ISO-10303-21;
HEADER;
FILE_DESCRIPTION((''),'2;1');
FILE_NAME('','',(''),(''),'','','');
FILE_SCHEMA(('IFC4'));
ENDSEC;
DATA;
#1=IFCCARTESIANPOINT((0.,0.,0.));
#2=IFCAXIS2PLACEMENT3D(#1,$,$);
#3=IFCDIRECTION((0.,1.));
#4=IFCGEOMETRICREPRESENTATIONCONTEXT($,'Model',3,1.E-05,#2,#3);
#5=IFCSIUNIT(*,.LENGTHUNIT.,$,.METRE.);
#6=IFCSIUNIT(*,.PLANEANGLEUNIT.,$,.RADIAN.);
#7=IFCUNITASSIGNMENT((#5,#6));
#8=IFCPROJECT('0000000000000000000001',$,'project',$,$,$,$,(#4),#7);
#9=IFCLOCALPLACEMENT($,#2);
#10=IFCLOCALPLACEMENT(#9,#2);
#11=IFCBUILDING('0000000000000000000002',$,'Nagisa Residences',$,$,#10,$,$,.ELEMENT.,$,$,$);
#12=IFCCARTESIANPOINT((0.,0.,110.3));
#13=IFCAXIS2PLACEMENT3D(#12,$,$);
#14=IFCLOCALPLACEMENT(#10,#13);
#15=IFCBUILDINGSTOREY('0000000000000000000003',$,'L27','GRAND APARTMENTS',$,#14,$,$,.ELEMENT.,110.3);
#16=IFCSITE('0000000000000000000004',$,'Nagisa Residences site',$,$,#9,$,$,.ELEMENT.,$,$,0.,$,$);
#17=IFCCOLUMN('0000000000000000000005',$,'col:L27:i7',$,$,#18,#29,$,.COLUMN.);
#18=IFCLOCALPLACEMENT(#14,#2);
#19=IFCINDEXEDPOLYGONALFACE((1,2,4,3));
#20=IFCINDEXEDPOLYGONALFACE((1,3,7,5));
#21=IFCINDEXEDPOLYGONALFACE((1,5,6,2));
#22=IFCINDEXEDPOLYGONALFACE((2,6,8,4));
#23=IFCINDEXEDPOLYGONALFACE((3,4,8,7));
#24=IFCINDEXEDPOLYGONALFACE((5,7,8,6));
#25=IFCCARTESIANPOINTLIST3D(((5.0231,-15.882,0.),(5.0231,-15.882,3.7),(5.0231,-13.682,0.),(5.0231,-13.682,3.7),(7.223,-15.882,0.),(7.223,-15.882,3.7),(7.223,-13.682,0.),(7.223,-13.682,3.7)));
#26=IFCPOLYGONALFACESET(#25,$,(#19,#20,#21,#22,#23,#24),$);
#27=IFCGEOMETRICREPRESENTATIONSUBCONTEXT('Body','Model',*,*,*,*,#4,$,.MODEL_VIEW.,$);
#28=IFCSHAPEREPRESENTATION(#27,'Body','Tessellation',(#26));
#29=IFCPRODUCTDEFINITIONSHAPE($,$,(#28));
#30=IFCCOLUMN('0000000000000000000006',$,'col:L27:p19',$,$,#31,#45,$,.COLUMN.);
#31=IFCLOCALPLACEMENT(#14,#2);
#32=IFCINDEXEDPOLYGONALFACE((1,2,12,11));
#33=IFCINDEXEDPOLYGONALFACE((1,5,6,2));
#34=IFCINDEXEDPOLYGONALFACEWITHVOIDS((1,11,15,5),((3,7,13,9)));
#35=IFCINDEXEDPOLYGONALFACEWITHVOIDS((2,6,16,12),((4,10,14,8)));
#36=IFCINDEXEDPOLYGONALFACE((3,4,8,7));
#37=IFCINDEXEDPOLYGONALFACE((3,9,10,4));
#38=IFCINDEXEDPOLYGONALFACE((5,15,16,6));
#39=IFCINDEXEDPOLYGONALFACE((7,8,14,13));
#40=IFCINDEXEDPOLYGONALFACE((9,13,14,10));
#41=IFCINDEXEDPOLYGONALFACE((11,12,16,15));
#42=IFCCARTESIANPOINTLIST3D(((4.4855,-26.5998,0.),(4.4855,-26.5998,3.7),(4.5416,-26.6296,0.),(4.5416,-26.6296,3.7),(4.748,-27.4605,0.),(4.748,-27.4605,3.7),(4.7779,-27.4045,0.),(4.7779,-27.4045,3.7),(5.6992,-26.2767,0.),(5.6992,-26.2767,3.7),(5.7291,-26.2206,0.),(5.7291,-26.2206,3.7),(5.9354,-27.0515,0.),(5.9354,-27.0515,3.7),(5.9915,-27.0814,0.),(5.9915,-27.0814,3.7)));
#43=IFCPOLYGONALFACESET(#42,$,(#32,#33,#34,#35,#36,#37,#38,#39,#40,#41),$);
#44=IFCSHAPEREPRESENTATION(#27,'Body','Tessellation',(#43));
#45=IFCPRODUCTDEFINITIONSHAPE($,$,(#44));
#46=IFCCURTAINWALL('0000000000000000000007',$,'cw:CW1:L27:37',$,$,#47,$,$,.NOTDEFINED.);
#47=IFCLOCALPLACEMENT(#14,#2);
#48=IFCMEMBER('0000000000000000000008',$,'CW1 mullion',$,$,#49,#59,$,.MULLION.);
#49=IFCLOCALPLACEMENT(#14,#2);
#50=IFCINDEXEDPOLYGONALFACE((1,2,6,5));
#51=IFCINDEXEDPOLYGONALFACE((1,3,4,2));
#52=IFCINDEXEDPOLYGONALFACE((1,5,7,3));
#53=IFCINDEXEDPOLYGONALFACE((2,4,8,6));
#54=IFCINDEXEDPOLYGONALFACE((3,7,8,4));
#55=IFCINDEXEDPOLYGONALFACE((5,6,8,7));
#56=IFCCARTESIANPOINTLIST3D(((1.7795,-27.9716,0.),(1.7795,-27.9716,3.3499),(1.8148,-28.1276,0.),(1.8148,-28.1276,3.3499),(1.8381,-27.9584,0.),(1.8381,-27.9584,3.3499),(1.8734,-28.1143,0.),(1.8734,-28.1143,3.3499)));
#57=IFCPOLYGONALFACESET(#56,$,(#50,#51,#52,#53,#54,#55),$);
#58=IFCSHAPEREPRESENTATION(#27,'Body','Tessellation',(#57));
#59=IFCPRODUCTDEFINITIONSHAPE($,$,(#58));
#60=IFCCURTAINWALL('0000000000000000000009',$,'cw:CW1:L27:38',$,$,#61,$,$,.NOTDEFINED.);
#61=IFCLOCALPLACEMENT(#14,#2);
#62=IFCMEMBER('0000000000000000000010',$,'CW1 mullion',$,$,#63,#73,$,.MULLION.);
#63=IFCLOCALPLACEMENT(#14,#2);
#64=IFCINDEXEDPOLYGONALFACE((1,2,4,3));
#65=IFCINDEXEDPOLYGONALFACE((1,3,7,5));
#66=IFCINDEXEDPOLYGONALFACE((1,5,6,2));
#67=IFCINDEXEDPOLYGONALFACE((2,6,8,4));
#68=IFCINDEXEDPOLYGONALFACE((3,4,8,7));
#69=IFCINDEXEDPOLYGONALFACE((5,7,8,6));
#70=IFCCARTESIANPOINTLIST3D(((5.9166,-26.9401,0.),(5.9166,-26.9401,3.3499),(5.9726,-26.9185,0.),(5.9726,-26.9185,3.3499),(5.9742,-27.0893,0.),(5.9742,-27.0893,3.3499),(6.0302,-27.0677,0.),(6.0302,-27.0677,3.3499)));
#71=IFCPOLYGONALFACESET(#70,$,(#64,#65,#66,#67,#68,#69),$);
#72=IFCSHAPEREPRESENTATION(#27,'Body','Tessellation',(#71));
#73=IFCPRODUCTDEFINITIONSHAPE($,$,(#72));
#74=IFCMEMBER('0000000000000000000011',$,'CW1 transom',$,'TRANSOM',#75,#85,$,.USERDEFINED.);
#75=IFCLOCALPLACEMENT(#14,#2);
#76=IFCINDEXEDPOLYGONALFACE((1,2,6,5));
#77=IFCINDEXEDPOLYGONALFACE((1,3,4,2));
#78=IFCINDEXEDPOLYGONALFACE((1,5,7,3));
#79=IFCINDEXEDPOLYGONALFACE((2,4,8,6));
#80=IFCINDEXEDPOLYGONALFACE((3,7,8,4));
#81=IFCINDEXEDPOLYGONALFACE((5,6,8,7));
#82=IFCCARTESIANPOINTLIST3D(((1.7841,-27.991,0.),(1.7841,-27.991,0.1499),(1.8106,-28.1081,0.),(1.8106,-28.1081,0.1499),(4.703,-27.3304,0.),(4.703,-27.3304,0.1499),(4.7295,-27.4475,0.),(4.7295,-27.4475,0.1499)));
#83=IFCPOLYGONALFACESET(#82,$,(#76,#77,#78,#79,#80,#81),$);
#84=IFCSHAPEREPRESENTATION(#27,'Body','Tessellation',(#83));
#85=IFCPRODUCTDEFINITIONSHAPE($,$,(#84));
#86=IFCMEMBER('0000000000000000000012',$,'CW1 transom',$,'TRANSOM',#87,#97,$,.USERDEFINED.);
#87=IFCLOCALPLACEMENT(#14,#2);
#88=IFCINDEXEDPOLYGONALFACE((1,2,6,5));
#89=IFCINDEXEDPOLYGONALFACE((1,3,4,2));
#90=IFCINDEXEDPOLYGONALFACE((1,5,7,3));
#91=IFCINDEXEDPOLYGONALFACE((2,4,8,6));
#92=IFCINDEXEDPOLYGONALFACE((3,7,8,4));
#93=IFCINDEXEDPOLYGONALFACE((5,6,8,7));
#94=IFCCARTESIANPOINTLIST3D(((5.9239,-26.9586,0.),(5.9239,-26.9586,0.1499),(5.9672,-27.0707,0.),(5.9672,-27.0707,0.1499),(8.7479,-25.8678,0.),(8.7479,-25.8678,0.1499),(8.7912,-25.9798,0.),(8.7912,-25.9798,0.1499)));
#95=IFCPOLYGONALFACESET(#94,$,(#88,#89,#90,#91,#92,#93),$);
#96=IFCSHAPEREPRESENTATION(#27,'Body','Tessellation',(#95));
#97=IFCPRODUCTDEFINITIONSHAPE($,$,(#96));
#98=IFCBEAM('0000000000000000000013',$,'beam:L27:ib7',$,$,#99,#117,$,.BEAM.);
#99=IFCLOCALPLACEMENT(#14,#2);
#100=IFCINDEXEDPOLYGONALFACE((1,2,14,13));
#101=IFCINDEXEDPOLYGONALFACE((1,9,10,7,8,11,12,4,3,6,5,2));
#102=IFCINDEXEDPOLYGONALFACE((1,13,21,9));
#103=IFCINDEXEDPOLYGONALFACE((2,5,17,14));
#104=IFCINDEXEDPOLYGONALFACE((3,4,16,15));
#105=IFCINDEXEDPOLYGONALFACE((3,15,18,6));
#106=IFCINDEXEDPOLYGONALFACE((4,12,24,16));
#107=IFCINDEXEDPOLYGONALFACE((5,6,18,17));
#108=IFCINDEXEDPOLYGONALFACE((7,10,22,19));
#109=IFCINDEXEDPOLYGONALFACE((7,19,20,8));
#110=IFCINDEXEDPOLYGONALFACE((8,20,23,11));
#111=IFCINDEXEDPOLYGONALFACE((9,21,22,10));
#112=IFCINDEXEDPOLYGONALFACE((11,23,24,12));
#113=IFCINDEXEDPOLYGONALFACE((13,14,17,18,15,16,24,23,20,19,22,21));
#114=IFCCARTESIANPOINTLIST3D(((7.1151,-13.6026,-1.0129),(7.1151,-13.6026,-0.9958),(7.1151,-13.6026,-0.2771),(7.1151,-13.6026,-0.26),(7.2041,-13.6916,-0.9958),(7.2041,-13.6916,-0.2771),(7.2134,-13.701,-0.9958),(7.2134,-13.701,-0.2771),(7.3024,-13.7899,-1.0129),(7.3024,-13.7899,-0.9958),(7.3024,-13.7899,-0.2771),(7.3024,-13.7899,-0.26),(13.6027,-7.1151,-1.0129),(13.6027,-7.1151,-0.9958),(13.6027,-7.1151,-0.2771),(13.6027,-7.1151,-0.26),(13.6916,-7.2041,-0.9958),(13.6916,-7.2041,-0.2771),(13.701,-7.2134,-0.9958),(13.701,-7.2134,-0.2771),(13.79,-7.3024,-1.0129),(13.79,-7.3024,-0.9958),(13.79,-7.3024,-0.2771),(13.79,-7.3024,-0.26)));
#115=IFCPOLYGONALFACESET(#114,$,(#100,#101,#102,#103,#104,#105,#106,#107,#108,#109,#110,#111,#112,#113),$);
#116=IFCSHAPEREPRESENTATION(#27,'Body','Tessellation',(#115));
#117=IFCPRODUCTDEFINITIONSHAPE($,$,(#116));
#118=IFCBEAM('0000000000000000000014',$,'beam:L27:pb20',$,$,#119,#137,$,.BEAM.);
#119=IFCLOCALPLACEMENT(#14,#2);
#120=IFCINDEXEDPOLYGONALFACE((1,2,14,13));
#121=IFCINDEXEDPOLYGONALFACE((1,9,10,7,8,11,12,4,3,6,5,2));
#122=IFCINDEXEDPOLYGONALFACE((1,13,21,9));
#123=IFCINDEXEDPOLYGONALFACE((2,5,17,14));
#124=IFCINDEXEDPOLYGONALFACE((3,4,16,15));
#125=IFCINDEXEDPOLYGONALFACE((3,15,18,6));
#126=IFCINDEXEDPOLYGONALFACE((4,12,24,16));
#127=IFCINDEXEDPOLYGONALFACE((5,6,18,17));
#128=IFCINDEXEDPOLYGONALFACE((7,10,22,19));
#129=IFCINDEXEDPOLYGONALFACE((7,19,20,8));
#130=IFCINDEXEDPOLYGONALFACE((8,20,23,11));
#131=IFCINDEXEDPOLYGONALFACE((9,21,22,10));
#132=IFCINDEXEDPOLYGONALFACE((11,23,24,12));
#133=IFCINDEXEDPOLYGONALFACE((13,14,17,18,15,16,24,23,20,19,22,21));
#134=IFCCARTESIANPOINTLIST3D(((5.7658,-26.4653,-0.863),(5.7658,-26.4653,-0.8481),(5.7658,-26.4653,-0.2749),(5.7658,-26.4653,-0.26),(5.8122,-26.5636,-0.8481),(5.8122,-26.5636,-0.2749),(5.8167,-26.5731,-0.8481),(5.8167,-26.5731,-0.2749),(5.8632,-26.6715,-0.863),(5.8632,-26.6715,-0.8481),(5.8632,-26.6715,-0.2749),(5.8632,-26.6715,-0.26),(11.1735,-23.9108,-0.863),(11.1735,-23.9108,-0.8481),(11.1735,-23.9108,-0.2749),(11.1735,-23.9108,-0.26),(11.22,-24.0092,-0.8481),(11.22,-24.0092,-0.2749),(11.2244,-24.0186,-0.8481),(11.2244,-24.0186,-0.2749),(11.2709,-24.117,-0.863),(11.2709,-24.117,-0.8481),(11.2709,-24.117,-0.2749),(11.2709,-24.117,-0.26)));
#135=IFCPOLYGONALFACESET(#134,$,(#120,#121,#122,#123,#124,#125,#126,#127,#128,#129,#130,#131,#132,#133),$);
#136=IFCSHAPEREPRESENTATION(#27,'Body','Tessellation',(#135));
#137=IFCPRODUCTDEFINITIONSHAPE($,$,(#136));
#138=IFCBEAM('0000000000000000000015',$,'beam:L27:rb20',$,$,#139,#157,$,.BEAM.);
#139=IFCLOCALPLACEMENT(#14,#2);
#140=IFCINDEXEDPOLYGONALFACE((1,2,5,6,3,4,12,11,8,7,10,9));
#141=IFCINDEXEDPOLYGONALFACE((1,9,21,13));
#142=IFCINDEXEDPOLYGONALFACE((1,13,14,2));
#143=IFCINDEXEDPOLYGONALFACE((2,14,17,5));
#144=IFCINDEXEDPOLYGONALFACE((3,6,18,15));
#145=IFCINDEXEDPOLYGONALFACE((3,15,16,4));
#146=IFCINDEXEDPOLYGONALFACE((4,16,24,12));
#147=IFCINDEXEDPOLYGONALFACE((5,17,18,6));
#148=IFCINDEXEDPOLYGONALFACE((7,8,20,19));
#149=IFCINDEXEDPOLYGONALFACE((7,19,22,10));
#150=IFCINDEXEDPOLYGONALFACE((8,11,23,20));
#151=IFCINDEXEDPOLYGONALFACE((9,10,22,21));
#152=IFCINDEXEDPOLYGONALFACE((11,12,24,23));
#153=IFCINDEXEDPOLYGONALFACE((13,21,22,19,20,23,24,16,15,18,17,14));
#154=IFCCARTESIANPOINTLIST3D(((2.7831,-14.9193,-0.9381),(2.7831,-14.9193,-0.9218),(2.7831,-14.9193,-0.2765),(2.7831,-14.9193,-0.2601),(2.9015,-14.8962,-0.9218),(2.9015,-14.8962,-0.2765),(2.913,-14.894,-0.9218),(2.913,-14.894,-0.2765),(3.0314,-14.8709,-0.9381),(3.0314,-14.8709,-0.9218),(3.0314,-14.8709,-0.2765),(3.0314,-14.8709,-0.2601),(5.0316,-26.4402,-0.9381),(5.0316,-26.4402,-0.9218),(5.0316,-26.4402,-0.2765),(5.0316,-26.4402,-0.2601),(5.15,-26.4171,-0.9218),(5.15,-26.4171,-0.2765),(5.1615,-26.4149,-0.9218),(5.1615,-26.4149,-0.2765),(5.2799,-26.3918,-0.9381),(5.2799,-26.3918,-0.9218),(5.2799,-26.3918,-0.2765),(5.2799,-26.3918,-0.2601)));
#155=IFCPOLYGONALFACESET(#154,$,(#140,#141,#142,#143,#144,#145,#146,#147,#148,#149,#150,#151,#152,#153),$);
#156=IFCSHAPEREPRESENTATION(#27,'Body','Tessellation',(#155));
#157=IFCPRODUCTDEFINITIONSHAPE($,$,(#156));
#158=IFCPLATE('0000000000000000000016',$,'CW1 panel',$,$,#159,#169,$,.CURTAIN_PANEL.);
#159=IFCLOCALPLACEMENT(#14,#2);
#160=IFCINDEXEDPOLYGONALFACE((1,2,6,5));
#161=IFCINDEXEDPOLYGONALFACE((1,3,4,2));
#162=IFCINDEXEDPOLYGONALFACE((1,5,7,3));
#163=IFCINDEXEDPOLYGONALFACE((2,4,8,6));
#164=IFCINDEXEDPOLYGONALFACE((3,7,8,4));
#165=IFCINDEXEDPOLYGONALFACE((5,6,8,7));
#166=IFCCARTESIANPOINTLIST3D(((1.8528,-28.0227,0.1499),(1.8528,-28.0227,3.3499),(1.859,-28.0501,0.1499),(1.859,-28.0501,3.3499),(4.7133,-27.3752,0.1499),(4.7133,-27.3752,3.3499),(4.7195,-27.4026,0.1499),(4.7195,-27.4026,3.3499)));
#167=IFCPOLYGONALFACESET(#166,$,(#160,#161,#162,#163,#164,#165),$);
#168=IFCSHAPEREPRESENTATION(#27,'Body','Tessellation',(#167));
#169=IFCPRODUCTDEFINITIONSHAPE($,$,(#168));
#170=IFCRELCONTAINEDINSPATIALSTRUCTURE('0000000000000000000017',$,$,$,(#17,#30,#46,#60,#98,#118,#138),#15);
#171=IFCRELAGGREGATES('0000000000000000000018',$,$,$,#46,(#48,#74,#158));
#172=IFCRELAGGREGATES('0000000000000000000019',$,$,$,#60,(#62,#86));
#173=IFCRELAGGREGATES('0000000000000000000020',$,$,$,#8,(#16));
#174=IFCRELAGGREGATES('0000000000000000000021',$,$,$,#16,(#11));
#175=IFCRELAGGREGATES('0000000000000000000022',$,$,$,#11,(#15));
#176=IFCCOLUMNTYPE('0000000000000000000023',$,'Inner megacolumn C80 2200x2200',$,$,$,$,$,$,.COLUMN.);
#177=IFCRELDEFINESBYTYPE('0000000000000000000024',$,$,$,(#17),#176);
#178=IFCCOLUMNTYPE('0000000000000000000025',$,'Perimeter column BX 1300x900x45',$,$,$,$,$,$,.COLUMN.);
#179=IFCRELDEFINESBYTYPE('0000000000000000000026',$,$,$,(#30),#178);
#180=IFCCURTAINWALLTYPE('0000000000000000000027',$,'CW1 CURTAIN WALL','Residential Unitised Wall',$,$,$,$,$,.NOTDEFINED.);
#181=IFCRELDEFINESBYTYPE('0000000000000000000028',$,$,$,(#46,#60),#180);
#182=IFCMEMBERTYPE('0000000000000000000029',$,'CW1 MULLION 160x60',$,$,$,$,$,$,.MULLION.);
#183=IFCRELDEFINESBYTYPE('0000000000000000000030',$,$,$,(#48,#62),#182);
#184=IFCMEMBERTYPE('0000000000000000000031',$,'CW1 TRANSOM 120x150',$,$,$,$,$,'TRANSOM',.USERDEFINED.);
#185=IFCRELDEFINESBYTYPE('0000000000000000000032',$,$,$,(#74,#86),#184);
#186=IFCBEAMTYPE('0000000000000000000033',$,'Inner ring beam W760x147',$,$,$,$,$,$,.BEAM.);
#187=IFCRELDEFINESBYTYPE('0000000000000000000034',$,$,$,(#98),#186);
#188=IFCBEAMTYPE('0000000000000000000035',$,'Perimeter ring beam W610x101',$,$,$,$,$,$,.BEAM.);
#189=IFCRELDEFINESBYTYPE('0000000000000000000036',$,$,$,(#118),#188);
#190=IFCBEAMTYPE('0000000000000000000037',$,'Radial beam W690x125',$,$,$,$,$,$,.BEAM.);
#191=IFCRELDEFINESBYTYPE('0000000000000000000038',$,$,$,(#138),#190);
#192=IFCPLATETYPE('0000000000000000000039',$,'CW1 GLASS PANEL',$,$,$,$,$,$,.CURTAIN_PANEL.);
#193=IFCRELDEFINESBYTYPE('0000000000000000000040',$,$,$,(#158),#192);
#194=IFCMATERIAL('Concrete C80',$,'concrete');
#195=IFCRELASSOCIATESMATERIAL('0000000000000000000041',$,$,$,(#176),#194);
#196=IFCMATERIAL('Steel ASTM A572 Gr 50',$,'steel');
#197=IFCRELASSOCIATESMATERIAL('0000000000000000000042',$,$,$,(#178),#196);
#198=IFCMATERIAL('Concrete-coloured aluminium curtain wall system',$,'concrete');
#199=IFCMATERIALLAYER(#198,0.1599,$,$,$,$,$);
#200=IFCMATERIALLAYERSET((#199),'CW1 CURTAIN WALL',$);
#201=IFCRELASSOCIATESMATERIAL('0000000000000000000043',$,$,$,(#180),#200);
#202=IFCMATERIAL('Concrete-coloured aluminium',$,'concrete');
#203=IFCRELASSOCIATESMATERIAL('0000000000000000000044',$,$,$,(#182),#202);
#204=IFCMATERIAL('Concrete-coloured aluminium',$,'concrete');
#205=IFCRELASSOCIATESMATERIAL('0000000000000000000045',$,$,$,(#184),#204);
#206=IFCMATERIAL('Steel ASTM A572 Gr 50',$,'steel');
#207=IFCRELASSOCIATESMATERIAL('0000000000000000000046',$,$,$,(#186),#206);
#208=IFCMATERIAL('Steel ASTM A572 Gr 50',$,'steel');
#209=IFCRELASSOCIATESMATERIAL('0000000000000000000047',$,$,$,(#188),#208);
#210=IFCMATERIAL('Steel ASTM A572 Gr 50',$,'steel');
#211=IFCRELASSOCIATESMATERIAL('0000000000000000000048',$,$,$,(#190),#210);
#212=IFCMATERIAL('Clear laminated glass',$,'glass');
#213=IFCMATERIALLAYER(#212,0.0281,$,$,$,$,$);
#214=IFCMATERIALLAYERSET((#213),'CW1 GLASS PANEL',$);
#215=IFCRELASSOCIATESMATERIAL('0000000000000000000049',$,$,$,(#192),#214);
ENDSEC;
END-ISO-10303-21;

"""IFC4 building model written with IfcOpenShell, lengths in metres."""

from ifc_helpers import new_model, si_unit, direction, frame, origin, origin_2d, place, context, subcontext, project, spatial, rectangle, hollow_rectangle, i_section, extrude, material, layer, layer_set, material_profile, profile_set, type_object, element, aggregate, save


model = new_model("IFC4")

# Units and contexts
model_context = context("Model", 3, precision=1e-05, world=origin(), true_north=direction((0.0, 1.0)))
body_context = subcontext(model_context, "Body", "Model", "MODEL_VIEW")
ifc_project = project(units=[si_unit("LENGTHUNIT", "METRE"), si_unit("PLANEANGLEUNIT", "RADIAN")], contexts=[model_context])

# Site, building, storey
site_placement = place(None, origin())
site = spatial("IfcSite", under=ifc_project, at=site_placement, Name="Nagisa Residences site", CompositionType="ELEMENT", RefElevation=0.0)
building_placement = place(site_placement, origin())
building = spatial("IfcBuilding", under=site, at=building_placement, Name="Nagisa Residences", CompositionType="ELEMENT")
storey_placement = place(building_placement, frame((0.0, 0.0, 110.3)))
storey = spatial("IfcBuildingStorey", under=building, at=storey_placement, Name="L27", Description="GRAND APARTMENTS", CompositionType="ELEMENT", Elevation=110.3)

# Columns
ifc_material_1 = material(Name="Concrete C80", Category="concrete")
ifc_material_profile_1 = material_profile(ifc_material_1, rectangle(XDim=2.2, YDim=2.2, at=origin_2d()), Name="C80 2200x2200")
ifc_profile_set_1 = profile_set([ifc_material_profile_1], Name="Concrete C80")
column_type_1 = type_object("IfcColumnType", Name="Inner megacolumn C80 2200x2200", PredefinedType="COLUMN", material=ifc_profile_set_1)
column_1_placement = place(storey_placement, frame((6.123, -14.782, 0.0), z_axis=(0.0, 0.0, 1.0), x_axis=(1.0, 0.0, 0.0)))
element("IfcColumn", 1, at=column_1_placement, inside=storey, type_object=column_type_1, Name="col:L27:i7", PredefinedType="COLUMN", context=body_context, shape_type="SweptSolid", body=[
    extrude(rectangle(XDim=2.2, YDim=2.2, at=origin_2d()), origin(), (0.0, 0.0, 1.0), 3.7),
])
ifc_material_2 = material(Name="Steel ASTM A572 Gr 50", Category="steel")
ifc_material_profile_2 = material_profile(ifc_material_2, hollow_rectangle(XDim=1.3, YDim=0.8999, WallThickness=0.0449, at=origin_2d()), Name="BX 1300x900x45")
ifc_profile_set_2 = profile_set([ifc_material_profile_2], Name="Steel ASTM A572 Gr 50")
column_type_2 = type_object("IfcColumnType", Name="Perimeter column BX 1300x900x45", PredefinedType="COLUMN", material=ifc_profile_set_2)
column_2_placement = place(storey_placement, frame((5.2385, -26.8406, 0.0), z_axis=(0.0, 0.0, 1.0), x_axis=(0.956525, 0.291652, 0.0)))
element("IfcColumn", 2, at=column_2_placement, inside=storey, type_object=column_type_2, Name="col:L27:p19", PredefinedType="COLUMN", context=body_context, shape_type="SweptSolid", body=[
    extrude(hollow_rectangle(XDim=1.3, YDim=0.8999, WallThickness=0.0449, at=origin_2d()), origin(), (0.0, 0.0, 1.0), 3.7),
])

# Curtain walls, members
ifc_material_3 = material(Name="Concrete-coloured aluminium curtain wall system", Category="concrete")
ifc_layer_1 = layer(ifc_material_3, 0.1599)
ifc_layer_set_1 = layer_set([ifc_layer_1], Name="CW1 CURTAIN WALL")
curtain_wall_type = type_object("IfcCurtainWallType", Name="CW1 CURTAIN WALL", Description="Residential Unitised Wall", PredefinedType="NOTDEFINED", material=ifc_layer_set_1)
curtain_wall_1_placement = place(storey_placement, origin())
curtain_wall_1 = element("IfcCurtainWall", 3, at=curtain_wall_1_placement, inside=storey, type_object=curtain_wall_type, Name="cw:CW1:L27:37", PredefinedType="NOTDEFINED")
ifc_material_4 = material(Name="Concrete-coloured aluminium", Category="concrete")
ifc_material_profile_3 = material_profile(ifc_material_4, rectangle(XDim=0.1599, YDim=0.0601, at=origin_2d()), Name="CW1 MULLION 160x60")
ifc_profile_set_3 = profile_set([ifc_material_profile_3], Name="Concrete-coloured aluminium")
member_type_1 = type_object("IfcMemberType", Name="CW1 MULLION 160x60", PredefinedType="MULLION", material=ifc_profile_set_3)
member_1_placement = place(storey_placement, frame((1.8264, -28.043, 0.0), z_axis=(0.0, 0.0, 1.0), x_axis=(-0.220764, 0.975327, 0.0)))
member_1 = element("IfcMember", 4, at=member_1_placement, type_object=member_type_1, Name="CW1 mullion", PredefinedType="MULLION", context=body_context, shape_type="SweptSolid", body=[
    extrude(rectangle(XDim=0.1599, YDim=0.0601, at=origin_2d()), origin(), (0.0, 0.0, 1.0), 3.3499),
])
curtain_wall_2_placement = place(storey_placement, origin())
curtain_wall_2 = element("IfcCurtainWall", 5, at=curtain_wall_2_placement, inside=storey, type_object=curtain_wall_type, Name="cw:CW1:L27:38", PredefinedType="NOTDEFINED")
member_2_placement = place(storey_placement, frame((5.9734, -27.0039, 0.0), z_axis=(0.0, 0.0, 1.0), x_axis=(-0.360328, 0.932826, 0.0)))
member_2 = element("IfcMember", 6, at=member_2_placement, type_object=member_type_1, Name="CW1 mullion", PredefinedType="MULLION", context=body_context, shape_type="SweptSolid", body=[
    extrude(rectangle(XDim=0.1599, YDim=0.0601, at=origin_2d()), origin(), (0.0, 0.0, 1.0), 3.3499),
])

# Members
ifc_material_5 = material(Name="Concrete-coloured aluminium", Category="concrete")
ifc_material_profile_4 = material_profile(ifc_material_5, rectangle(XDim=0.1201, YDim=0.1499, at=origin_2d()), Name="CW1 TRANSOM 120x150")
ifc_profile_set_4 = profile_set([ifc_material_profile_4], Name="Concrete-coloured aluminium")
member_type_2 = type_object("IfcMemberType", Name="CW1 TRANSOM 120x150", ElementType="TRANSOM", PredefinedType="USERDEFINED", material=ifc_profile_set_4)
member_3_placement = place(storey_placement, frame((1.7974, -28.0496, 0.075), z_axis=(0.975331, 0.220747, 0.0), x_axis=(-0.220747, 0.975331, 0.0)))
member_3 = element("IfcMember", 7, at=member_3_placement, type_object=member_type_2, Name="CW1 transom", ObjectType="TRANSOM", PredefinedType="USERDEFINED", context=body_context, shape_type="SweptSolid", body=[
    extrude(rectangle(XDim=0.1201, YDim=0.1499, at=origin_2d()), origin(), (0.0, 0.0, 1.0), 2.9927),
])
member_4_placement = place(storey_placement, frame((5.9456, -27.0146, 0.075), z_axis=(0.932827, 0.360324, 0.0), x_axis=(-0.360324, 0.932827, 0.0)))
member_4 = element("IfcMember", 8, at=member_4_placement, type_object=member_type_2, Name="CW1 transom", ObjectType="TRANSOM", PredefinedType="USERDEFINED", context=body_context, shape_type="SweptSolid", body=[
    extrude(rectangle(XDim=0.1201, YDim=0.1499, at=origin_2d()), origin(), (0.0, 0.0, 1.0), 3.0273),
])

# Beams
ifc_material_6 = material(Name="Steel ASTM A572 Gr 50", Category="steel")
ifc_material_profile_5 = material_profile(ifc_material_6, i_section(OverallWidth=0.2649, OverallDepth=0.7529, WebThickness=0.0132, FlangeThickness=0.0171, at=origin_2d()), Name="W760x147")
ifc_profile_set_5 = profile_set([ifc_material_profile_5], Name="Steel ASTM A572 Gr 50")
beam_type_1 = type_object("IfcBeamType", Name="Inner ring beam W760x147", PredefinedType="BEAM", material=ifc_profile_set_5)
beam_1_placement = place(storey_placement, frame((7.2087, -13.6963, -0.6365), z_axis=(0.707107, 0.707107, 0.0), x_axis=(-0.707107, 0.707107, 0.0)))
element("IfcBeam", 9, at=beam_1_placement, inside=storey, type_object=beam_type_1, Name="beam:L27:ib7", PredefinedType="BEAM", context=body_context, shape_type="SweptSolid", body=[
    extrude(i_section(OverallWidth=0.2649, OverallDepth=0.7529, WebThickness=0.0132, FlangeThickness=0.0171, at=origin_2d()), origin(), (0.0, 0.0, 1.0), 9.1748),
])
ifc_material_7 = material(Name="Steel ASTM A572 Gr 50", Category="steel")
ifc_material_profile_6 = material_profile(ifc_material_7, i_section(OverallWidth=0.228, OverallDepth=0.603, WebThickness=0.0105, FlangeThickness=0.0149, at=origin_2d()), Name="W610x101")
ifc_profile_set_6 = profile_set([ifc_material_profile_6], Name="Steel ASTM A572 Gr 50")
beam_type_2 = type_object("IfcBeamType", Name="Perimeter ring beam W610x101", PredefinedType="BEAM", material=ifc_profile_set_6)
beam_2_placement = place(storey_placement, frame((5.8145, -26.5684, -0.5615), z_axis=(0.904197, 0.427116, 0.0), x_axis=(-0.427116, 0.904197, 0.0)))
element("IfcBeam", 10, at=beam_2_placement, inside=storey, type_object=beam_type_2, Name="beam:L27:pb20", PredefinedType="BEAM", context=body_context, shape_type="SweptSolid", body=[
    extrude(i_section(OverallWidth=0.228, OverallDepth=0.603, WebThickness=0.0105, FlangeThickness=0.0149, at=origin_2d()), origin(), (0.0, 0.0, 1.0), 5.9807),
])
ifc_material_8 = material(Name="Steel ASTM A572 Gr 50", Category="steel")
ifc_material_profile_7 = material_profile(ifc_material_8, i_section(OverallWidth=0.2529, OverallDepth=0.678, WebThickness=0.0117, FlangeThickness=0.0164, at=origin_2d()), Name="W690x125")
ifc_profile_set_7 = profile_set([ifc_material_profile_7], Name="Steel ASTM A572 Gr 50")
beam_type_3 = type_object("IfcBeamType", Name="Radial beam W690x125", PredefinedType="BEAM", material=ifc_profile_set_7)
beam_3_placement = place(storey_placement, frame((5.1558, -26.416, -0.5991), z_axis=(-0.191554, 0.981482, 0.0), x_axis=(-0.981482, -0.191554, 0.0)))
element("IfcBeam", 11, at=beam_3_placement, inside=storey, type_object=beam_type_3, Name="beam:L27:rb20", PredefinedType="BEAM", context=body_context, shape_type="SweptSolid", body=[
    extrude(i_section(OverallWidth=0.2529, OverallDepth=0.678, WebThickness=0.0117, FlangeThickness=0.0164, at=origin_2d()), origin(), (0.0, 0.0, 1.0), 11.7383),
])

# Plate
ifc_material_9 = material(Name="Clear laminated glass", Category="glass")
ifc_layer_2 = layer(ifc_material_9, 0.0281)
ifc_layer_set_2 = layer_set([ifc_layer_2], Name="CW1 GLASS PANEL")
plate_type = type_object("IfcPlateType", Name="CW1 GLASS PANEL", PredefinedType="CURTAIN_PANEL", material=ifc_layer_set_2)
plate_1_placement = place(storey_placement, frame((3.2861, -27.7126, 0.1499), z_axis=(0.0, 0.0, 1.0), x_axis=(0.975327, 0.220764, 0.0)))
plate_1 = element("IfcPlate", 12, at=plate_1_placement, type_object=plate_type, Name="CW1 panel", PredefinedType="CURTAIN_PANEL", context=body_context, shape_type="SweptSolid", body=[
    extrude(rectangle(XDim=2.9329, YDim=0.0281, at=origin_2d()), origin(), (0.0, 0.0, 1.0), 3.2),
])
aggregate(curtain_wall_1, [member_1, member_3, plate_1])
aggregate(curtain_wall_2, [member_2, member_4])

save(model, "model.ifc")
